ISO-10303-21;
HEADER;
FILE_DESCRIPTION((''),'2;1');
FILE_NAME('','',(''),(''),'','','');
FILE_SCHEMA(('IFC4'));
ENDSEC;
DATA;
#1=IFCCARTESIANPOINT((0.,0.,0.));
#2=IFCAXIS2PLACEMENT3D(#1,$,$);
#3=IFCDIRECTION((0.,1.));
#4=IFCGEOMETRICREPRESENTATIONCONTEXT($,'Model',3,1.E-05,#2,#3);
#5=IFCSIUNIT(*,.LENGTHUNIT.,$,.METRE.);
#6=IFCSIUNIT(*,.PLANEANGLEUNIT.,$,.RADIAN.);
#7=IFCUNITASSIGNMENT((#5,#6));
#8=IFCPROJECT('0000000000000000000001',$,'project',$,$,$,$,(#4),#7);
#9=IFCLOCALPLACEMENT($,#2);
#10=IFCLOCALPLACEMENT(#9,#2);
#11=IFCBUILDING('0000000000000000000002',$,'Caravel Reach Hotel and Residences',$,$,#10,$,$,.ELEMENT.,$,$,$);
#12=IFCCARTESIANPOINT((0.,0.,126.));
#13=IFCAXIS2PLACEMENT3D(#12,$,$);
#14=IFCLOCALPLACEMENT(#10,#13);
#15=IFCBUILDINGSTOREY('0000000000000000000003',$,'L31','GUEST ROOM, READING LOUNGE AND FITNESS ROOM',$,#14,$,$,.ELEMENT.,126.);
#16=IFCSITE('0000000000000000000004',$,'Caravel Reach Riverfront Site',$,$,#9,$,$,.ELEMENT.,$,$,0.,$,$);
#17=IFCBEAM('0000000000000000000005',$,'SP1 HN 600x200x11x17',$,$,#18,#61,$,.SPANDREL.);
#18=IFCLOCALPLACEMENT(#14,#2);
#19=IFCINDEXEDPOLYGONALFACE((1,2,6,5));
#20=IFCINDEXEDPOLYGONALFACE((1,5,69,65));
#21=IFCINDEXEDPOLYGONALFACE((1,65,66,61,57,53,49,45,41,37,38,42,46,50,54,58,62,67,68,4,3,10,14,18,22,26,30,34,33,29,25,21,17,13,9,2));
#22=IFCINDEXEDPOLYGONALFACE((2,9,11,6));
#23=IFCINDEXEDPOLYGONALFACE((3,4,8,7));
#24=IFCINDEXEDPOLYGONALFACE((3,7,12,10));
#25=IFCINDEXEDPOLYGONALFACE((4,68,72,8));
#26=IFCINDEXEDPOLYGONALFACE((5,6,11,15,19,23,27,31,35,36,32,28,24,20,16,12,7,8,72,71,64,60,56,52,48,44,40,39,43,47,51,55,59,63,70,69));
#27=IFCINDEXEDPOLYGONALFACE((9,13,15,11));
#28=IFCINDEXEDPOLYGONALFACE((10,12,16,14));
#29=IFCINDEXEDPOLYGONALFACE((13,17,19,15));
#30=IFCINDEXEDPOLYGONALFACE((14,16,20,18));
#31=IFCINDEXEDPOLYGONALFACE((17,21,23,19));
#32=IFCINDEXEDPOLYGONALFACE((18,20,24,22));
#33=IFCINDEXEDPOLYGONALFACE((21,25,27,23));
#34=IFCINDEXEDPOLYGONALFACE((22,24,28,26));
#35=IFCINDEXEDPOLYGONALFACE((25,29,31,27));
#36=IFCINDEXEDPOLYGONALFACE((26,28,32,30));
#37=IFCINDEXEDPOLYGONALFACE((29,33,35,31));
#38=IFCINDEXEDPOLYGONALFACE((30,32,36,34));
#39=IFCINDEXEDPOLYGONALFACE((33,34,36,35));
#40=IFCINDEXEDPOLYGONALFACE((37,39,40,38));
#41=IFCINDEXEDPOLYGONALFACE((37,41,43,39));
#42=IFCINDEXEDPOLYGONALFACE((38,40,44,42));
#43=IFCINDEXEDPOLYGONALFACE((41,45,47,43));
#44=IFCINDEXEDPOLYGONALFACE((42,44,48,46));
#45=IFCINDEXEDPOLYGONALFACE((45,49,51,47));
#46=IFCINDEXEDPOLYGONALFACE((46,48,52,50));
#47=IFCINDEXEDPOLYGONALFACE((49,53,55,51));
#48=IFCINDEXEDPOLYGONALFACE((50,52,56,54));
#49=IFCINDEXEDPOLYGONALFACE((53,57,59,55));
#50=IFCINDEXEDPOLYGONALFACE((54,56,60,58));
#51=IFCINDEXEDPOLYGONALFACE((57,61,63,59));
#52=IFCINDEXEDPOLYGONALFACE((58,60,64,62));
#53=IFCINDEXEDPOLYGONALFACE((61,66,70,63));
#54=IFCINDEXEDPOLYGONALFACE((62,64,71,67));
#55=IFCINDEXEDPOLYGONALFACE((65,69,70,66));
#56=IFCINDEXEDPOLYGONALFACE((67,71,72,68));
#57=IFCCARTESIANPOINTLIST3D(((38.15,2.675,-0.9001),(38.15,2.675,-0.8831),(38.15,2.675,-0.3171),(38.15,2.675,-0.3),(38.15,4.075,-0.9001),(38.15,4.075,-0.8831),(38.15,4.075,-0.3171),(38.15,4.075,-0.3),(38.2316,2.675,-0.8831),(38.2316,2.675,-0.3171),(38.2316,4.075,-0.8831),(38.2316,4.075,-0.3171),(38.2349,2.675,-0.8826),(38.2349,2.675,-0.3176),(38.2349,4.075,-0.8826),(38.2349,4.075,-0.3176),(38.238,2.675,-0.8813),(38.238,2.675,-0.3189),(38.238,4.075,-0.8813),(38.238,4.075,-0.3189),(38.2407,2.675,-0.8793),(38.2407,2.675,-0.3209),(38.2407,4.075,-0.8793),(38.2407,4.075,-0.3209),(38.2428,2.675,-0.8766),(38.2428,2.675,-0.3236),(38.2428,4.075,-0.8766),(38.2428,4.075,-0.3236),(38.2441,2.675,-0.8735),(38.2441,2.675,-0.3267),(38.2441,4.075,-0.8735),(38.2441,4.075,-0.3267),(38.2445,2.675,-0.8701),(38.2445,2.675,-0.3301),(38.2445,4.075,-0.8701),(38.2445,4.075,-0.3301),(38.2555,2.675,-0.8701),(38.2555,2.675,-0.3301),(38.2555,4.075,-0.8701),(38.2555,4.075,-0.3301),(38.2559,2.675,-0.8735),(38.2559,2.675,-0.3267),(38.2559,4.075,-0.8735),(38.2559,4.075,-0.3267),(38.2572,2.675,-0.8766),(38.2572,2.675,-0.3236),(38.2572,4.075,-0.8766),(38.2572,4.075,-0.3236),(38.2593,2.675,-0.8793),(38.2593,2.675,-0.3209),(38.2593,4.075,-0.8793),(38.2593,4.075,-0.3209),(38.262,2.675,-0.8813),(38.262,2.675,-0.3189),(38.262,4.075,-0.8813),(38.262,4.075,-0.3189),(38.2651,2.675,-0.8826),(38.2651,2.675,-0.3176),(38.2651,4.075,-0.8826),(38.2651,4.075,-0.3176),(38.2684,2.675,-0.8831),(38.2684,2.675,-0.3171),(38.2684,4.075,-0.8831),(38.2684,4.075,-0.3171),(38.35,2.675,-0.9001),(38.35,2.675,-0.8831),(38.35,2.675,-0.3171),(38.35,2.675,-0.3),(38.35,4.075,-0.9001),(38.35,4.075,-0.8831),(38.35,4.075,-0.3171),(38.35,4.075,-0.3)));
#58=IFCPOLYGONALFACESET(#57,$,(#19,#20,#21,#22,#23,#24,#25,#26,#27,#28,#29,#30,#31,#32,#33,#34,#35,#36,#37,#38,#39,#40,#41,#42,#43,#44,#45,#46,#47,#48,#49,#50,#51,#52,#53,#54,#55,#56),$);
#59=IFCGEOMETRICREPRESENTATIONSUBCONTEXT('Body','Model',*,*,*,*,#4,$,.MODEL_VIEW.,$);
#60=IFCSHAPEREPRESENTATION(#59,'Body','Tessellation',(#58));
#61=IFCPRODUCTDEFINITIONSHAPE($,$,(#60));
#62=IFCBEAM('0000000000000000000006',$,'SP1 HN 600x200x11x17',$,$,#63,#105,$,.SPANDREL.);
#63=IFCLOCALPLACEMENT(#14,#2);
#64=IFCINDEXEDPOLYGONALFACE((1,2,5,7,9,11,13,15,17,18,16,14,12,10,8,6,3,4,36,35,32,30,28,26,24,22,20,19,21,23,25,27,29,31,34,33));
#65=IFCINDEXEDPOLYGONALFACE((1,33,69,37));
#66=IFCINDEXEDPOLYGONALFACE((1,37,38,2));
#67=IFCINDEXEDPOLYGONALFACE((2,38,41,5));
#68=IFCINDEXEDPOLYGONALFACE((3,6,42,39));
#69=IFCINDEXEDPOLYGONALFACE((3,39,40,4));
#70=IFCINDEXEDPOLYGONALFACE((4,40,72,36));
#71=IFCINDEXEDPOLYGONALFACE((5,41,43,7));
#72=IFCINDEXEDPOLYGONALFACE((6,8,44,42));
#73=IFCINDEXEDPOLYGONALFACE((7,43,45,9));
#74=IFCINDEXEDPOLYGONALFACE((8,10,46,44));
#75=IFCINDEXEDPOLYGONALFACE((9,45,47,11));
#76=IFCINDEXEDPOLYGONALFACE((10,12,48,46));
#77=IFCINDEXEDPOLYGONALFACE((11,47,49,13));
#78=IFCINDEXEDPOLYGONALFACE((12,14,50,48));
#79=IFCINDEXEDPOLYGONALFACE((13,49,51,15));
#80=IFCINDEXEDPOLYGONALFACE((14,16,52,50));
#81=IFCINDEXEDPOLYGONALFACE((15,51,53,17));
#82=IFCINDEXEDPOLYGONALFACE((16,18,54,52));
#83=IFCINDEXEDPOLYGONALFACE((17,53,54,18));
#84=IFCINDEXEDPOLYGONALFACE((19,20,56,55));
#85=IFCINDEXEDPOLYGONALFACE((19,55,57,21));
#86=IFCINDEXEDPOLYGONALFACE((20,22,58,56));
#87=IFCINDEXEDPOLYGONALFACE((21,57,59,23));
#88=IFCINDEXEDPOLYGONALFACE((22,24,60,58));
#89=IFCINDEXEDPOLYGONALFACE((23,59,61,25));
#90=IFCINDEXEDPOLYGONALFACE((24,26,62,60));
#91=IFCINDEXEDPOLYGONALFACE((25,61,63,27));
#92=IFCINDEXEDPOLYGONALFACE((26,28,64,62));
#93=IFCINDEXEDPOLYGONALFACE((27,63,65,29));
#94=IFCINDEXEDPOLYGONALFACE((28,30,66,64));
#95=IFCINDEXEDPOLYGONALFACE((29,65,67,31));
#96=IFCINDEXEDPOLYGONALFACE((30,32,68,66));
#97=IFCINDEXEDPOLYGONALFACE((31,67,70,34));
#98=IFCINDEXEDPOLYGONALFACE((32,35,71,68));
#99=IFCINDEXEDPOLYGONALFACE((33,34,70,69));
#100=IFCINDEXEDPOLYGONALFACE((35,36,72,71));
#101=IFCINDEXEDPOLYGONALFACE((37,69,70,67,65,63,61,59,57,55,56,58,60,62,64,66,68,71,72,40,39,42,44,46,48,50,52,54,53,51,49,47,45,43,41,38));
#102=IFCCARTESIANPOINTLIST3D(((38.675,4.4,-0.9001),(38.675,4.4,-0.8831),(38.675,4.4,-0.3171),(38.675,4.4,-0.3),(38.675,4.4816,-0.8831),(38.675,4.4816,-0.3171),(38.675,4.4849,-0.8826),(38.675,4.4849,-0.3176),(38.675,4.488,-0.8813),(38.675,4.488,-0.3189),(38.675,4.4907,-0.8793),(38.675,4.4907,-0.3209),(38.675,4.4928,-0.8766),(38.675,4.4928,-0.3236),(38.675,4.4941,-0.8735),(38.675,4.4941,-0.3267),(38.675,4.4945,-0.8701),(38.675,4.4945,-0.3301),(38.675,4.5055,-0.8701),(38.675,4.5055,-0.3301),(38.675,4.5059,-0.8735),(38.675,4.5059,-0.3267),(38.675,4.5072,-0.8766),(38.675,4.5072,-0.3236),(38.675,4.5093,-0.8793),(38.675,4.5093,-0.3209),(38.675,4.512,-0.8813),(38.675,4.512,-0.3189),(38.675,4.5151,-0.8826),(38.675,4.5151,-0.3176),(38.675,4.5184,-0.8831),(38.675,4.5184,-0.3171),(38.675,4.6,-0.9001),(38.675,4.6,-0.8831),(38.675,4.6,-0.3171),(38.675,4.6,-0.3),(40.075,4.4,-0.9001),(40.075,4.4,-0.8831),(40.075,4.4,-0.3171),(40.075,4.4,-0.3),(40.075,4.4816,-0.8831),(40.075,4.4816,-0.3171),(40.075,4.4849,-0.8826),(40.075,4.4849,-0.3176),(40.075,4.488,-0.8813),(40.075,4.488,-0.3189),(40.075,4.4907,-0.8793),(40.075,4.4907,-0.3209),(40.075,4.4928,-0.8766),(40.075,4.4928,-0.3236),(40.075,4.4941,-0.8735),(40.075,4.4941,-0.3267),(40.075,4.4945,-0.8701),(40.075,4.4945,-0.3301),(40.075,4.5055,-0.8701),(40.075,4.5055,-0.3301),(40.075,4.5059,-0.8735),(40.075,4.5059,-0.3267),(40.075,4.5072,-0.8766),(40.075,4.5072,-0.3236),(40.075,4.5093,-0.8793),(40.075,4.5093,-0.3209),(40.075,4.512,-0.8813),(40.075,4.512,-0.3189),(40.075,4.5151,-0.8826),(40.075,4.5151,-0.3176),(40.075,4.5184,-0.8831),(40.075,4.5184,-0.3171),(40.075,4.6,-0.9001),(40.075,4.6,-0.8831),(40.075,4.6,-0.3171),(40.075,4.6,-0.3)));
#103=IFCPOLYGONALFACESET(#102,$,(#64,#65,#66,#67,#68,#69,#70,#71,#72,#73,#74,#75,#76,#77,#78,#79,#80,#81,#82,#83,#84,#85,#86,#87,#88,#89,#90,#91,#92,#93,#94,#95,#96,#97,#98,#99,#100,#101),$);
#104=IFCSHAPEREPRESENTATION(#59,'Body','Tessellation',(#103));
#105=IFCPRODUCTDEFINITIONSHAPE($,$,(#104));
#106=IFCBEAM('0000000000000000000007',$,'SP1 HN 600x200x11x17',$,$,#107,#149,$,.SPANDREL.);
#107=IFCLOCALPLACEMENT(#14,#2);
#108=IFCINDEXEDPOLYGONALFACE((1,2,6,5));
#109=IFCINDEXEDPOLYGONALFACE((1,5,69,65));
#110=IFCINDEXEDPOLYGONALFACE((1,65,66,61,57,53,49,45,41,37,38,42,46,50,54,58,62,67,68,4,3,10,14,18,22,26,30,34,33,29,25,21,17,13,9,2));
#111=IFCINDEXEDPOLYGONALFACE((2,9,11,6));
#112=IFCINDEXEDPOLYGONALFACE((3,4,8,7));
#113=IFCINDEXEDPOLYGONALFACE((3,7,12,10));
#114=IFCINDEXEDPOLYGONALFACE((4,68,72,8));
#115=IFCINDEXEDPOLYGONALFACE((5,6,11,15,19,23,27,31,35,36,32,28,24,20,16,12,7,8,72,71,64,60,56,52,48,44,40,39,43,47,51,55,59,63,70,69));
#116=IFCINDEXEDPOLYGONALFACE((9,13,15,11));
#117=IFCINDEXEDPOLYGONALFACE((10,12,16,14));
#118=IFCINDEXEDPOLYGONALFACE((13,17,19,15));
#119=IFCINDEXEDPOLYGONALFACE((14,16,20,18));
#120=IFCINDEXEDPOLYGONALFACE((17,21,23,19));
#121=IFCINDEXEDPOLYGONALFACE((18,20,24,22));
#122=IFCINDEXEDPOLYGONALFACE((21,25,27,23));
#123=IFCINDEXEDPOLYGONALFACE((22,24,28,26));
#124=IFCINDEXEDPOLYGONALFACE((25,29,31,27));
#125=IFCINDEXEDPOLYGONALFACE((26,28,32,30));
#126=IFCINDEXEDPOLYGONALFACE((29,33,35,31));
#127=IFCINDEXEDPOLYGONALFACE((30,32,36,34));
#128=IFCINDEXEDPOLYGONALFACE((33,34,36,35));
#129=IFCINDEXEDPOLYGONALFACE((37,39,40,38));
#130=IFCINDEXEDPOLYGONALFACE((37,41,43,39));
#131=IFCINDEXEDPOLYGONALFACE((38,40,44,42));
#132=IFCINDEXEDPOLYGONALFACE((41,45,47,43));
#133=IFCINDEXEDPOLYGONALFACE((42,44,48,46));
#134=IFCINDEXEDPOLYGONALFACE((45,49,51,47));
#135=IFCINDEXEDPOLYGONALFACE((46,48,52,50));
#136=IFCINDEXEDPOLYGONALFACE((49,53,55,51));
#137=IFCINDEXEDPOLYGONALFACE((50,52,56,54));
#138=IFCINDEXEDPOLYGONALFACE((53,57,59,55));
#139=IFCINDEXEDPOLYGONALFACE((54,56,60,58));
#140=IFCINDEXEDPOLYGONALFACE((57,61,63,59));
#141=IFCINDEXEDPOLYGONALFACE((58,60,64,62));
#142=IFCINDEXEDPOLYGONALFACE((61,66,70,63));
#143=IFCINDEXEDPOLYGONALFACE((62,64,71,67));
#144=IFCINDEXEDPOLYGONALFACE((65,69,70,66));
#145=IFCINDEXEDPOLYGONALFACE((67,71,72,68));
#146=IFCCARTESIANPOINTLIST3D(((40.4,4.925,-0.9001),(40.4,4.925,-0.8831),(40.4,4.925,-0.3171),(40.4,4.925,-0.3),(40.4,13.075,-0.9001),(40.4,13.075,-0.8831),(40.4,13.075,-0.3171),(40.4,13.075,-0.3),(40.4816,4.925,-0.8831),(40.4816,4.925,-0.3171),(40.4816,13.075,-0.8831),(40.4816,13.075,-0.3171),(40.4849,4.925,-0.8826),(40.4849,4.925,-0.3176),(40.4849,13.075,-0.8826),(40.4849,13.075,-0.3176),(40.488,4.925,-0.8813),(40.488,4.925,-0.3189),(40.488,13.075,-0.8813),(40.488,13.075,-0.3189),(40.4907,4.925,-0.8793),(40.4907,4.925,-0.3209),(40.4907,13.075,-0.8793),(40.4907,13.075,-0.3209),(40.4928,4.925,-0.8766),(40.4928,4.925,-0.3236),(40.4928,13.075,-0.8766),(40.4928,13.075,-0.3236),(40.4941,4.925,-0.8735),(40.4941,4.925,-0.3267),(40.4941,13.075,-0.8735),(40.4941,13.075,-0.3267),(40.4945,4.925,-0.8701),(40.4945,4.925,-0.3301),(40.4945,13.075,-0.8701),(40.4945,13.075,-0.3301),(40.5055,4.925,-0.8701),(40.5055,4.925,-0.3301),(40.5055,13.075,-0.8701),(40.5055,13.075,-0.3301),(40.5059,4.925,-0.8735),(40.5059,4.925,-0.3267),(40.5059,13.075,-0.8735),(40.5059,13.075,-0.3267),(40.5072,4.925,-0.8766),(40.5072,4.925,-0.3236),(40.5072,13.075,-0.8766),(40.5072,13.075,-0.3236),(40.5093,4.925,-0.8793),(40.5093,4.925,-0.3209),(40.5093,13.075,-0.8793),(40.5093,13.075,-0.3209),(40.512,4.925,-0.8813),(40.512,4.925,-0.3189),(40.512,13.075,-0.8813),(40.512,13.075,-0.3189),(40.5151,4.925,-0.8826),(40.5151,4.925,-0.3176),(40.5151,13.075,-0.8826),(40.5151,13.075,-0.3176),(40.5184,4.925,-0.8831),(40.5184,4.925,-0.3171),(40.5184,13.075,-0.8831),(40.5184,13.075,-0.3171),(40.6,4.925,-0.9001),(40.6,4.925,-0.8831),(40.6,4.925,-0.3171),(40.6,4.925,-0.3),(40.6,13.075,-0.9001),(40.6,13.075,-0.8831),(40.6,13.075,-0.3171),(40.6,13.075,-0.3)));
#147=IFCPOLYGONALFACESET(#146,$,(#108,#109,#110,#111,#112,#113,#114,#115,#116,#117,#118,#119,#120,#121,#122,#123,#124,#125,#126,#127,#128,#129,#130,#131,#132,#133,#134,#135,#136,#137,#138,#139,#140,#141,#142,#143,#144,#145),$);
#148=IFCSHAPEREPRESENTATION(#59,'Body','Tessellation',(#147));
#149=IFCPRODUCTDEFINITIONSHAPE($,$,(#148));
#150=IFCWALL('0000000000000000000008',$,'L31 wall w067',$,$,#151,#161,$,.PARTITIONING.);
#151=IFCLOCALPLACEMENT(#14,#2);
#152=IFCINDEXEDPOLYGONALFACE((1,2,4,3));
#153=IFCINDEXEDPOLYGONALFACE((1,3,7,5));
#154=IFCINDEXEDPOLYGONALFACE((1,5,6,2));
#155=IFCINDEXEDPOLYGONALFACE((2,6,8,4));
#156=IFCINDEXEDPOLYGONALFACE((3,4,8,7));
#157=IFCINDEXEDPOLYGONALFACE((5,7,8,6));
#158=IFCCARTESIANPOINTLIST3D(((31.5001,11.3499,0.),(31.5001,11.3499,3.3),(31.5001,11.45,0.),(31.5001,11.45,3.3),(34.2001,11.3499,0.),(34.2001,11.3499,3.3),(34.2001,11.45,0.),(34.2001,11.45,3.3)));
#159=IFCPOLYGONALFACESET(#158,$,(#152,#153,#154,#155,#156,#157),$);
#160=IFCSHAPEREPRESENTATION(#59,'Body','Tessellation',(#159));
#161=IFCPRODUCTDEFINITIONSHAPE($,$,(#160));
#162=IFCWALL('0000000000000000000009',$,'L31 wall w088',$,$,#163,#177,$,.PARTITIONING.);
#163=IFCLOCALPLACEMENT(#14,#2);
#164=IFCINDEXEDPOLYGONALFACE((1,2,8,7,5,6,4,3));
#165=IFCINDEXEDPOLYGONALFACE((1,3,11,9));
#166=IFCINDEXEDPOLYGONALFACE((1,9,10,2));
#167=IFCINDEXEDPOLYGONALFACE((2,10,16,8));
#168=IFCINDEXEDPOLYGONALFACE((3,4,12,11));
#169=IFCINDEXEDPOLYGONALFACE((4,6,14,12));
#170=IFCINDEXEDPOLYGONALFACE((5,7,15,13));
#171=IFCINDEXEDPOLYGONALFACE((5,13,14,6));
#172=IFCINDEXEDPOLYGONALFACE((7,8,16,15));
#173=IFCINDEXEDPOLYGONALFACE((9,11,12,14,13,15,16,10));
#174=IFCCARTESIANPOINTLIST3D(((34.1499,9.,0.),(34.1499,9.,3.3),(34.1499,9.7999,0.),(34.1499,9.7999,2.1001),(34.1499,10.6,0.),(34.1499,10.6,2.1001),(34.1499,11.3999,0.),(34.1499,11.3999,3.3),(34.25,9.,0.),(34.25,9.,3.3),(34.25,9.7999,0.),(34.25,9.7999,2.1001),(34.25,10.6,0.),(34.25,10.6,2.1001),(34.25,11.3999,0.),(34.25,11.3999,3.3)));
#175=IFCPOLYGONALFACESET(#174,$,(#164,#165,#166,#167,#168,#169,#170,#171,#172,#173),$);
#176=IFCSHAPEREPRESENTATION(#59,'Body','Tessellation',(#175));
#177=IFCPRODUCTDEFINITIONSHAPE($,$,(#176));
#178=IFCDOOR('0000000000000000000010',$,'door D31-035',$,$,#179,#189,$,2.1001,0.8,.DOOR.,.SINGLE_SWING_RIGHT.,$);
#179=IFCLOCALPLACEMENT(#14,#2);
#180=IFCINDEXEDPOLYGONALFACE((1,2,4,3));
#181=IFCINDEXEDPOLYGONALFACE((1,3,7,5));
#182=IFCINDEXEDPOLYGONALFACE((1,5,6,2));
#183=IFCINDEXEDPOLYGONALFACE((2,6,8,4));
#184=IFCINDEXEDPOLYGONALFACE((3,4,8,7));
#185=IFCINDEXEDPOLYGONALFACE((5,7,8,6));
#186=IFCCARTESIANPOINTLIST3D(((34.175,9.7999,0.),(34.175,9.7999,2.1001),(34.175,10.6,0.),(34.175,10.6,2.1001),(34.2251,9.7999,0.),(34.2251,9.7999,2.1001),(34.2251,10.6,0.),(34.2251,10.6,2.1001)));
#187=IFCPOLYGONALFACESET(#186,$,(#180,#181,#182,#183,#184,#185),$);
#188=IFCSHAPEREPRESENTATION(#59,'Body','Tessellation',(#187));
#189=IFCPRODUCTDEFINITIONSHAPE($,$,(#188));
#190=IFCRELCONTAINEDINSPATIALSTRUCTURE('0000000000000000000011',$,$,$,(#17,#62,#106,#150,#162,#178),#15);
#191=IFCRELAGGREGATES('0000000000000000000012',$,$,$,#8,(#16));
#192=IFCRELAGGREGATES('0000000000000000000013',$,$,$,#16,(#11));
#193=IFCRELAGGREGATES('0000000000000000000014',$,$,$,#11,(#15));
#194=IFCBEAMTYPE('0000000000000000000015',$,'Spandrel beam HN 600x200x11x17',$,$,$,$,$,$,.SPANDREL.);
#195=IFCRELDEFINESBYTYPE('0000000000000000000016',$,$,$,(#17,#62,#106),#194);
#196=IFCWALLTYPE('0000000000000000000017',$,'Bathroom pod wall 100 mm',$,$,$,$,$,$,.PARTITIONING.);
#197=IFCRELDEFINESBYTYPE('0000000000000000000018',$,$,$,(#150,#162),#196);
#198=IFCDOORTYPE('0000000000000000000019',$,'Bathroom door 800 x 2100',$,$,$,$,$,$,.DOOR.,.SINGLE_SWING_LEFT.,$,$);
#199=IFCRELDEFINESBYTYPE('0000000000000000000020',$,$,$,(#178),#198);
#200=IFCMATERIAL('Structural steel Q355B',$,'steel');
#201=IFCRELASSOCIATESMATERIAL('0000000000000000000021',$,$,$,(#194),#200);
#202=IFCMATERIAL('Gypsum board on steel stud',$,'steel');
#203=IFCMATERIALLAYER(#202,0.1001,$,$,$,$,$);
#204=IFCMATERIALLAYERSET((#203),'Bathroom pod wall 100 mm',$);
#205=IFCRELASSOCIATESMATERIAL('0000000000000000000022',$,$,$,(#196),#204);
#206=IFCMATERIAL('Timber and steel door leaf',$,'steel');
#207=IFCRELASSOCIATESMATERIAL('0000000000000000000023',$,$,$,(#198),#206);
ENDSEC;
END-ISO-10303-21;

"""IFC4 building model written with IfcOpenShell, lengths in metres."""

from ifc_helpers import new_model, si_unit, direction, frame, frame_2d, origin, origin_2d, place, context, subcontext, project, spatial, rectangle, i_section, extrude, material, layer, layer_set, material_profile, profile_set, type_object, element, fill, save


model = new_model("IFC4")

# Units and contexts
model_context = context("Model", 3, precision=1e-05, world=origin(), true_north=direction((0.0, 1.0)))
body_context = subcontext(model_context, "Body", "Model", "MODEL_VIEW")
ifc_project = project(units=[si_unit("LENGTHUNIT", "METRE"), si_unit("PLANEANGLEUNIT", "RADIAN")], contexts=[model_context])

# Site, building, storey
site_placement = place(None, origin())
site = spatial("IfcSite", under=ifc_project, at=site_placement, Name="Caravel Reach Riverfront Site", CompositionType="ELEMENT", RefElevation=0.0)
building_placement = place(site_placement, origin())
building = spatial("IfcBuilding", under=site, at=building_placement, Name="Caravel Reach Hotel and Residences", CompositionType="ELEMENT")
storey_placement = place(building_placement, frame((0.0, 0.0, 126.0)))
storey = spatial("IfcBuildingStorey", under=building, at=storey_placement, Name="L31", Description="GUEST ROOM, READING LOUNGE AND FITNESS ROOM", CompositionType="ELEMENT", Elevation=126.0)

# Beams
ifc_material_1 = material(Name="Structural steel Q355B", Category="steel")
ifc_material_profile_1 = material_profile(ifc_material_1, i_section(OverallWidth=0.2, OverallDepth=0.6001, WebThickness=0.011, FlangeThickness=0.0171, FilletRadius=0.0129, at=origin_2d()), Name="HN 600x200x11x17")
ifc_profile_set_1 = profile_set([ifc_material_profile_1], Name="Structural steel Q355B")
beam_type = type_object("IfcBeamType", Name="Spandrel beam HN 600x200x11x17", PredefinedType="SPANDREL", material=ifc_profile_set_1)
for number, where, z_axis, x_axis, name in (
    (1, (38.25, 2.675, -0.6001), (0.0, 1.0, 0.0), (-1.0, 0.0, 0.0), "SP1 HN 600x200x11x17"),
    (2, (38.675, 4.5, -0.6001), (1.0, 0.0, 0.0), (0.0, 1.0, 0.0), "SP1 HN 600x200x11x17"),
):
    element("IfcBeam", number, at=place(storey_placement, frame(where, z_axis=z_axis, x_axis=x_axis)), inside=storey, type_object=beam_type, Name=name, PredefinedType="SPANDREL", context=body_context, shape_type="SweptSolid", body=[
        extrude(i_section(OverallWidth=0.2, OverallDepth=0.6001, WebThickness=0.011, FlangeThickness=0.0171, FilletRadius=0.0129, at=origin_2d()), origin(), (0.0, 0.0, 1.0), 1.3999),
    ])
beam_placement = place(storey_placement, frame((40.5, 4.925, -0.6001), z_axis=(0.0, 1.0, 0.0), x_axis=(-1.0, 0.0, 0.0)))
element("IfcBeam", 3, at=beam_placement, inside=storey, type_object=beam_type, Name="SP1 HN 600x200x11x17", PredefinedType="SPANDREL", context=body_context, shape_type="SweptSolid", body=[
    extrude(i_section(OverallWidth=0.2, OverallDepth=0.6001, WebThickness=0.011, FlangeThickness=0.0171, FilletRadius=0.0129, at=origin_2d()), origin(), (0.0, 0.0, 1.0), 8.1499),
])

# Wall
ifc_material_2 = material(Name="Gypsum board on steel stud", Category="steel")
ifc_layer_1 = layer(ifc_material_2, 0.1001)
ifc_layer_set_1 = layer_set([ifc_layer_1], Name="Bathroom pod wall 100 mm")
wall_type_1 = type_object("IfcWallType", Name="Bathroom pod wall 100 mm", PredefinedType="PARTITIONING", material=ifc_layer_set_1)
wall_1_placement = place(storey_placement, frame((31.5, 11.3999, 0.0), z_axis=(0.0, 0.0, 1.0), x_axis=(1.0, 0.0, 0.0)))
element("IfcWall", 4, at=wall_1_placement, inside=storey, type_object=wall_type_1, Name="L31 wall w067", PredefinedType="PARTITIONING", context=body_context, shape_type="SweptSolid", body=[
    extrude(rectangle(XDim=2.7, YDim=0.1001, at=frame_2d((1.3501, 0.0))), origin(), (0.0, 0.0, 1.0), 3.3),
])

# Wall, opening, door
wall_2_placement = place(storey_placement, frame((34.2, 9.0, 0.0), z_axis=(0.0, 0.0, 1.0), x_axis=(0.0, 1.0, 0.0)))
wall_2 = element("IfcWall", 5, at=wall_2_placement, inside=storey, type_object=wall_type_1, Name="L31 wall w088", PredefinedType="PARTITIONING", context=body_context, shape_type="SweptSolid", body=[
    extrude(rectangle(XDim=2.3999, YDim=0.1001, at=frame_2d((1.2, 0.0))), origin(), (0.0, 0.0, 1.0), 3.3),
])
opening_1_placement = place(wall_2_placement, frame((0.8, 0.0, 0.0)))
opening_1 = element("IfcOpeningElement", 6, at=opening_1_placement, cuts=wall_2, PredefinedType="OPENING", context=body_context, shape_type="SweptSolid", body=[
    extrude(rectangle(XDim=0.8, YDim=2.1001, at=frame_2d((0.3999, 1.05))), frame((0.0, 0.0601, 0.0), z_axis=(0.0, -1.0, 0.0), x_axis=(1.0, 0.0, 0.0)), (0.0, 0.0, 1.0), 0.1201),
])
ifc_material_3 = material(Name="Timber and steel door leaf", Category="steel")
door_type_1 = type_object("IfcDoorType", Name="Bathroom door 800 x 2100", OperationType="SINGLE_SWING_LEFT", PredefinedType="DOOR", material=ifc_material_3)
door_1_placement = place(opening_1_placement, origin())
door_1 = element("IfcDoor", 7, at=door_1_placement, inside=storey, type_object=door_type_1, Name="door D31-035", OperationType="SINGLE_SWING_RIGHT", OverallHeight=2.1001, OverallWidth=0.8, PredefinedType="DOOR", context=body_context, shape_type="SweptSolid", body=[
    extrude(rectangle(XDim=0.8, YDim=2.1001, at=frame_2d((0.3999, 1.05))), frame((0.0, 0.0249, 0.0), z_axis=(0.0, -1.0, 0.0), x_axis=(1.0, 0.0, 0.0)), (0.0, 0.0, 1.0), 0.05),
])
fill(opening_1, door_1)

save(model, "model.ifc")
